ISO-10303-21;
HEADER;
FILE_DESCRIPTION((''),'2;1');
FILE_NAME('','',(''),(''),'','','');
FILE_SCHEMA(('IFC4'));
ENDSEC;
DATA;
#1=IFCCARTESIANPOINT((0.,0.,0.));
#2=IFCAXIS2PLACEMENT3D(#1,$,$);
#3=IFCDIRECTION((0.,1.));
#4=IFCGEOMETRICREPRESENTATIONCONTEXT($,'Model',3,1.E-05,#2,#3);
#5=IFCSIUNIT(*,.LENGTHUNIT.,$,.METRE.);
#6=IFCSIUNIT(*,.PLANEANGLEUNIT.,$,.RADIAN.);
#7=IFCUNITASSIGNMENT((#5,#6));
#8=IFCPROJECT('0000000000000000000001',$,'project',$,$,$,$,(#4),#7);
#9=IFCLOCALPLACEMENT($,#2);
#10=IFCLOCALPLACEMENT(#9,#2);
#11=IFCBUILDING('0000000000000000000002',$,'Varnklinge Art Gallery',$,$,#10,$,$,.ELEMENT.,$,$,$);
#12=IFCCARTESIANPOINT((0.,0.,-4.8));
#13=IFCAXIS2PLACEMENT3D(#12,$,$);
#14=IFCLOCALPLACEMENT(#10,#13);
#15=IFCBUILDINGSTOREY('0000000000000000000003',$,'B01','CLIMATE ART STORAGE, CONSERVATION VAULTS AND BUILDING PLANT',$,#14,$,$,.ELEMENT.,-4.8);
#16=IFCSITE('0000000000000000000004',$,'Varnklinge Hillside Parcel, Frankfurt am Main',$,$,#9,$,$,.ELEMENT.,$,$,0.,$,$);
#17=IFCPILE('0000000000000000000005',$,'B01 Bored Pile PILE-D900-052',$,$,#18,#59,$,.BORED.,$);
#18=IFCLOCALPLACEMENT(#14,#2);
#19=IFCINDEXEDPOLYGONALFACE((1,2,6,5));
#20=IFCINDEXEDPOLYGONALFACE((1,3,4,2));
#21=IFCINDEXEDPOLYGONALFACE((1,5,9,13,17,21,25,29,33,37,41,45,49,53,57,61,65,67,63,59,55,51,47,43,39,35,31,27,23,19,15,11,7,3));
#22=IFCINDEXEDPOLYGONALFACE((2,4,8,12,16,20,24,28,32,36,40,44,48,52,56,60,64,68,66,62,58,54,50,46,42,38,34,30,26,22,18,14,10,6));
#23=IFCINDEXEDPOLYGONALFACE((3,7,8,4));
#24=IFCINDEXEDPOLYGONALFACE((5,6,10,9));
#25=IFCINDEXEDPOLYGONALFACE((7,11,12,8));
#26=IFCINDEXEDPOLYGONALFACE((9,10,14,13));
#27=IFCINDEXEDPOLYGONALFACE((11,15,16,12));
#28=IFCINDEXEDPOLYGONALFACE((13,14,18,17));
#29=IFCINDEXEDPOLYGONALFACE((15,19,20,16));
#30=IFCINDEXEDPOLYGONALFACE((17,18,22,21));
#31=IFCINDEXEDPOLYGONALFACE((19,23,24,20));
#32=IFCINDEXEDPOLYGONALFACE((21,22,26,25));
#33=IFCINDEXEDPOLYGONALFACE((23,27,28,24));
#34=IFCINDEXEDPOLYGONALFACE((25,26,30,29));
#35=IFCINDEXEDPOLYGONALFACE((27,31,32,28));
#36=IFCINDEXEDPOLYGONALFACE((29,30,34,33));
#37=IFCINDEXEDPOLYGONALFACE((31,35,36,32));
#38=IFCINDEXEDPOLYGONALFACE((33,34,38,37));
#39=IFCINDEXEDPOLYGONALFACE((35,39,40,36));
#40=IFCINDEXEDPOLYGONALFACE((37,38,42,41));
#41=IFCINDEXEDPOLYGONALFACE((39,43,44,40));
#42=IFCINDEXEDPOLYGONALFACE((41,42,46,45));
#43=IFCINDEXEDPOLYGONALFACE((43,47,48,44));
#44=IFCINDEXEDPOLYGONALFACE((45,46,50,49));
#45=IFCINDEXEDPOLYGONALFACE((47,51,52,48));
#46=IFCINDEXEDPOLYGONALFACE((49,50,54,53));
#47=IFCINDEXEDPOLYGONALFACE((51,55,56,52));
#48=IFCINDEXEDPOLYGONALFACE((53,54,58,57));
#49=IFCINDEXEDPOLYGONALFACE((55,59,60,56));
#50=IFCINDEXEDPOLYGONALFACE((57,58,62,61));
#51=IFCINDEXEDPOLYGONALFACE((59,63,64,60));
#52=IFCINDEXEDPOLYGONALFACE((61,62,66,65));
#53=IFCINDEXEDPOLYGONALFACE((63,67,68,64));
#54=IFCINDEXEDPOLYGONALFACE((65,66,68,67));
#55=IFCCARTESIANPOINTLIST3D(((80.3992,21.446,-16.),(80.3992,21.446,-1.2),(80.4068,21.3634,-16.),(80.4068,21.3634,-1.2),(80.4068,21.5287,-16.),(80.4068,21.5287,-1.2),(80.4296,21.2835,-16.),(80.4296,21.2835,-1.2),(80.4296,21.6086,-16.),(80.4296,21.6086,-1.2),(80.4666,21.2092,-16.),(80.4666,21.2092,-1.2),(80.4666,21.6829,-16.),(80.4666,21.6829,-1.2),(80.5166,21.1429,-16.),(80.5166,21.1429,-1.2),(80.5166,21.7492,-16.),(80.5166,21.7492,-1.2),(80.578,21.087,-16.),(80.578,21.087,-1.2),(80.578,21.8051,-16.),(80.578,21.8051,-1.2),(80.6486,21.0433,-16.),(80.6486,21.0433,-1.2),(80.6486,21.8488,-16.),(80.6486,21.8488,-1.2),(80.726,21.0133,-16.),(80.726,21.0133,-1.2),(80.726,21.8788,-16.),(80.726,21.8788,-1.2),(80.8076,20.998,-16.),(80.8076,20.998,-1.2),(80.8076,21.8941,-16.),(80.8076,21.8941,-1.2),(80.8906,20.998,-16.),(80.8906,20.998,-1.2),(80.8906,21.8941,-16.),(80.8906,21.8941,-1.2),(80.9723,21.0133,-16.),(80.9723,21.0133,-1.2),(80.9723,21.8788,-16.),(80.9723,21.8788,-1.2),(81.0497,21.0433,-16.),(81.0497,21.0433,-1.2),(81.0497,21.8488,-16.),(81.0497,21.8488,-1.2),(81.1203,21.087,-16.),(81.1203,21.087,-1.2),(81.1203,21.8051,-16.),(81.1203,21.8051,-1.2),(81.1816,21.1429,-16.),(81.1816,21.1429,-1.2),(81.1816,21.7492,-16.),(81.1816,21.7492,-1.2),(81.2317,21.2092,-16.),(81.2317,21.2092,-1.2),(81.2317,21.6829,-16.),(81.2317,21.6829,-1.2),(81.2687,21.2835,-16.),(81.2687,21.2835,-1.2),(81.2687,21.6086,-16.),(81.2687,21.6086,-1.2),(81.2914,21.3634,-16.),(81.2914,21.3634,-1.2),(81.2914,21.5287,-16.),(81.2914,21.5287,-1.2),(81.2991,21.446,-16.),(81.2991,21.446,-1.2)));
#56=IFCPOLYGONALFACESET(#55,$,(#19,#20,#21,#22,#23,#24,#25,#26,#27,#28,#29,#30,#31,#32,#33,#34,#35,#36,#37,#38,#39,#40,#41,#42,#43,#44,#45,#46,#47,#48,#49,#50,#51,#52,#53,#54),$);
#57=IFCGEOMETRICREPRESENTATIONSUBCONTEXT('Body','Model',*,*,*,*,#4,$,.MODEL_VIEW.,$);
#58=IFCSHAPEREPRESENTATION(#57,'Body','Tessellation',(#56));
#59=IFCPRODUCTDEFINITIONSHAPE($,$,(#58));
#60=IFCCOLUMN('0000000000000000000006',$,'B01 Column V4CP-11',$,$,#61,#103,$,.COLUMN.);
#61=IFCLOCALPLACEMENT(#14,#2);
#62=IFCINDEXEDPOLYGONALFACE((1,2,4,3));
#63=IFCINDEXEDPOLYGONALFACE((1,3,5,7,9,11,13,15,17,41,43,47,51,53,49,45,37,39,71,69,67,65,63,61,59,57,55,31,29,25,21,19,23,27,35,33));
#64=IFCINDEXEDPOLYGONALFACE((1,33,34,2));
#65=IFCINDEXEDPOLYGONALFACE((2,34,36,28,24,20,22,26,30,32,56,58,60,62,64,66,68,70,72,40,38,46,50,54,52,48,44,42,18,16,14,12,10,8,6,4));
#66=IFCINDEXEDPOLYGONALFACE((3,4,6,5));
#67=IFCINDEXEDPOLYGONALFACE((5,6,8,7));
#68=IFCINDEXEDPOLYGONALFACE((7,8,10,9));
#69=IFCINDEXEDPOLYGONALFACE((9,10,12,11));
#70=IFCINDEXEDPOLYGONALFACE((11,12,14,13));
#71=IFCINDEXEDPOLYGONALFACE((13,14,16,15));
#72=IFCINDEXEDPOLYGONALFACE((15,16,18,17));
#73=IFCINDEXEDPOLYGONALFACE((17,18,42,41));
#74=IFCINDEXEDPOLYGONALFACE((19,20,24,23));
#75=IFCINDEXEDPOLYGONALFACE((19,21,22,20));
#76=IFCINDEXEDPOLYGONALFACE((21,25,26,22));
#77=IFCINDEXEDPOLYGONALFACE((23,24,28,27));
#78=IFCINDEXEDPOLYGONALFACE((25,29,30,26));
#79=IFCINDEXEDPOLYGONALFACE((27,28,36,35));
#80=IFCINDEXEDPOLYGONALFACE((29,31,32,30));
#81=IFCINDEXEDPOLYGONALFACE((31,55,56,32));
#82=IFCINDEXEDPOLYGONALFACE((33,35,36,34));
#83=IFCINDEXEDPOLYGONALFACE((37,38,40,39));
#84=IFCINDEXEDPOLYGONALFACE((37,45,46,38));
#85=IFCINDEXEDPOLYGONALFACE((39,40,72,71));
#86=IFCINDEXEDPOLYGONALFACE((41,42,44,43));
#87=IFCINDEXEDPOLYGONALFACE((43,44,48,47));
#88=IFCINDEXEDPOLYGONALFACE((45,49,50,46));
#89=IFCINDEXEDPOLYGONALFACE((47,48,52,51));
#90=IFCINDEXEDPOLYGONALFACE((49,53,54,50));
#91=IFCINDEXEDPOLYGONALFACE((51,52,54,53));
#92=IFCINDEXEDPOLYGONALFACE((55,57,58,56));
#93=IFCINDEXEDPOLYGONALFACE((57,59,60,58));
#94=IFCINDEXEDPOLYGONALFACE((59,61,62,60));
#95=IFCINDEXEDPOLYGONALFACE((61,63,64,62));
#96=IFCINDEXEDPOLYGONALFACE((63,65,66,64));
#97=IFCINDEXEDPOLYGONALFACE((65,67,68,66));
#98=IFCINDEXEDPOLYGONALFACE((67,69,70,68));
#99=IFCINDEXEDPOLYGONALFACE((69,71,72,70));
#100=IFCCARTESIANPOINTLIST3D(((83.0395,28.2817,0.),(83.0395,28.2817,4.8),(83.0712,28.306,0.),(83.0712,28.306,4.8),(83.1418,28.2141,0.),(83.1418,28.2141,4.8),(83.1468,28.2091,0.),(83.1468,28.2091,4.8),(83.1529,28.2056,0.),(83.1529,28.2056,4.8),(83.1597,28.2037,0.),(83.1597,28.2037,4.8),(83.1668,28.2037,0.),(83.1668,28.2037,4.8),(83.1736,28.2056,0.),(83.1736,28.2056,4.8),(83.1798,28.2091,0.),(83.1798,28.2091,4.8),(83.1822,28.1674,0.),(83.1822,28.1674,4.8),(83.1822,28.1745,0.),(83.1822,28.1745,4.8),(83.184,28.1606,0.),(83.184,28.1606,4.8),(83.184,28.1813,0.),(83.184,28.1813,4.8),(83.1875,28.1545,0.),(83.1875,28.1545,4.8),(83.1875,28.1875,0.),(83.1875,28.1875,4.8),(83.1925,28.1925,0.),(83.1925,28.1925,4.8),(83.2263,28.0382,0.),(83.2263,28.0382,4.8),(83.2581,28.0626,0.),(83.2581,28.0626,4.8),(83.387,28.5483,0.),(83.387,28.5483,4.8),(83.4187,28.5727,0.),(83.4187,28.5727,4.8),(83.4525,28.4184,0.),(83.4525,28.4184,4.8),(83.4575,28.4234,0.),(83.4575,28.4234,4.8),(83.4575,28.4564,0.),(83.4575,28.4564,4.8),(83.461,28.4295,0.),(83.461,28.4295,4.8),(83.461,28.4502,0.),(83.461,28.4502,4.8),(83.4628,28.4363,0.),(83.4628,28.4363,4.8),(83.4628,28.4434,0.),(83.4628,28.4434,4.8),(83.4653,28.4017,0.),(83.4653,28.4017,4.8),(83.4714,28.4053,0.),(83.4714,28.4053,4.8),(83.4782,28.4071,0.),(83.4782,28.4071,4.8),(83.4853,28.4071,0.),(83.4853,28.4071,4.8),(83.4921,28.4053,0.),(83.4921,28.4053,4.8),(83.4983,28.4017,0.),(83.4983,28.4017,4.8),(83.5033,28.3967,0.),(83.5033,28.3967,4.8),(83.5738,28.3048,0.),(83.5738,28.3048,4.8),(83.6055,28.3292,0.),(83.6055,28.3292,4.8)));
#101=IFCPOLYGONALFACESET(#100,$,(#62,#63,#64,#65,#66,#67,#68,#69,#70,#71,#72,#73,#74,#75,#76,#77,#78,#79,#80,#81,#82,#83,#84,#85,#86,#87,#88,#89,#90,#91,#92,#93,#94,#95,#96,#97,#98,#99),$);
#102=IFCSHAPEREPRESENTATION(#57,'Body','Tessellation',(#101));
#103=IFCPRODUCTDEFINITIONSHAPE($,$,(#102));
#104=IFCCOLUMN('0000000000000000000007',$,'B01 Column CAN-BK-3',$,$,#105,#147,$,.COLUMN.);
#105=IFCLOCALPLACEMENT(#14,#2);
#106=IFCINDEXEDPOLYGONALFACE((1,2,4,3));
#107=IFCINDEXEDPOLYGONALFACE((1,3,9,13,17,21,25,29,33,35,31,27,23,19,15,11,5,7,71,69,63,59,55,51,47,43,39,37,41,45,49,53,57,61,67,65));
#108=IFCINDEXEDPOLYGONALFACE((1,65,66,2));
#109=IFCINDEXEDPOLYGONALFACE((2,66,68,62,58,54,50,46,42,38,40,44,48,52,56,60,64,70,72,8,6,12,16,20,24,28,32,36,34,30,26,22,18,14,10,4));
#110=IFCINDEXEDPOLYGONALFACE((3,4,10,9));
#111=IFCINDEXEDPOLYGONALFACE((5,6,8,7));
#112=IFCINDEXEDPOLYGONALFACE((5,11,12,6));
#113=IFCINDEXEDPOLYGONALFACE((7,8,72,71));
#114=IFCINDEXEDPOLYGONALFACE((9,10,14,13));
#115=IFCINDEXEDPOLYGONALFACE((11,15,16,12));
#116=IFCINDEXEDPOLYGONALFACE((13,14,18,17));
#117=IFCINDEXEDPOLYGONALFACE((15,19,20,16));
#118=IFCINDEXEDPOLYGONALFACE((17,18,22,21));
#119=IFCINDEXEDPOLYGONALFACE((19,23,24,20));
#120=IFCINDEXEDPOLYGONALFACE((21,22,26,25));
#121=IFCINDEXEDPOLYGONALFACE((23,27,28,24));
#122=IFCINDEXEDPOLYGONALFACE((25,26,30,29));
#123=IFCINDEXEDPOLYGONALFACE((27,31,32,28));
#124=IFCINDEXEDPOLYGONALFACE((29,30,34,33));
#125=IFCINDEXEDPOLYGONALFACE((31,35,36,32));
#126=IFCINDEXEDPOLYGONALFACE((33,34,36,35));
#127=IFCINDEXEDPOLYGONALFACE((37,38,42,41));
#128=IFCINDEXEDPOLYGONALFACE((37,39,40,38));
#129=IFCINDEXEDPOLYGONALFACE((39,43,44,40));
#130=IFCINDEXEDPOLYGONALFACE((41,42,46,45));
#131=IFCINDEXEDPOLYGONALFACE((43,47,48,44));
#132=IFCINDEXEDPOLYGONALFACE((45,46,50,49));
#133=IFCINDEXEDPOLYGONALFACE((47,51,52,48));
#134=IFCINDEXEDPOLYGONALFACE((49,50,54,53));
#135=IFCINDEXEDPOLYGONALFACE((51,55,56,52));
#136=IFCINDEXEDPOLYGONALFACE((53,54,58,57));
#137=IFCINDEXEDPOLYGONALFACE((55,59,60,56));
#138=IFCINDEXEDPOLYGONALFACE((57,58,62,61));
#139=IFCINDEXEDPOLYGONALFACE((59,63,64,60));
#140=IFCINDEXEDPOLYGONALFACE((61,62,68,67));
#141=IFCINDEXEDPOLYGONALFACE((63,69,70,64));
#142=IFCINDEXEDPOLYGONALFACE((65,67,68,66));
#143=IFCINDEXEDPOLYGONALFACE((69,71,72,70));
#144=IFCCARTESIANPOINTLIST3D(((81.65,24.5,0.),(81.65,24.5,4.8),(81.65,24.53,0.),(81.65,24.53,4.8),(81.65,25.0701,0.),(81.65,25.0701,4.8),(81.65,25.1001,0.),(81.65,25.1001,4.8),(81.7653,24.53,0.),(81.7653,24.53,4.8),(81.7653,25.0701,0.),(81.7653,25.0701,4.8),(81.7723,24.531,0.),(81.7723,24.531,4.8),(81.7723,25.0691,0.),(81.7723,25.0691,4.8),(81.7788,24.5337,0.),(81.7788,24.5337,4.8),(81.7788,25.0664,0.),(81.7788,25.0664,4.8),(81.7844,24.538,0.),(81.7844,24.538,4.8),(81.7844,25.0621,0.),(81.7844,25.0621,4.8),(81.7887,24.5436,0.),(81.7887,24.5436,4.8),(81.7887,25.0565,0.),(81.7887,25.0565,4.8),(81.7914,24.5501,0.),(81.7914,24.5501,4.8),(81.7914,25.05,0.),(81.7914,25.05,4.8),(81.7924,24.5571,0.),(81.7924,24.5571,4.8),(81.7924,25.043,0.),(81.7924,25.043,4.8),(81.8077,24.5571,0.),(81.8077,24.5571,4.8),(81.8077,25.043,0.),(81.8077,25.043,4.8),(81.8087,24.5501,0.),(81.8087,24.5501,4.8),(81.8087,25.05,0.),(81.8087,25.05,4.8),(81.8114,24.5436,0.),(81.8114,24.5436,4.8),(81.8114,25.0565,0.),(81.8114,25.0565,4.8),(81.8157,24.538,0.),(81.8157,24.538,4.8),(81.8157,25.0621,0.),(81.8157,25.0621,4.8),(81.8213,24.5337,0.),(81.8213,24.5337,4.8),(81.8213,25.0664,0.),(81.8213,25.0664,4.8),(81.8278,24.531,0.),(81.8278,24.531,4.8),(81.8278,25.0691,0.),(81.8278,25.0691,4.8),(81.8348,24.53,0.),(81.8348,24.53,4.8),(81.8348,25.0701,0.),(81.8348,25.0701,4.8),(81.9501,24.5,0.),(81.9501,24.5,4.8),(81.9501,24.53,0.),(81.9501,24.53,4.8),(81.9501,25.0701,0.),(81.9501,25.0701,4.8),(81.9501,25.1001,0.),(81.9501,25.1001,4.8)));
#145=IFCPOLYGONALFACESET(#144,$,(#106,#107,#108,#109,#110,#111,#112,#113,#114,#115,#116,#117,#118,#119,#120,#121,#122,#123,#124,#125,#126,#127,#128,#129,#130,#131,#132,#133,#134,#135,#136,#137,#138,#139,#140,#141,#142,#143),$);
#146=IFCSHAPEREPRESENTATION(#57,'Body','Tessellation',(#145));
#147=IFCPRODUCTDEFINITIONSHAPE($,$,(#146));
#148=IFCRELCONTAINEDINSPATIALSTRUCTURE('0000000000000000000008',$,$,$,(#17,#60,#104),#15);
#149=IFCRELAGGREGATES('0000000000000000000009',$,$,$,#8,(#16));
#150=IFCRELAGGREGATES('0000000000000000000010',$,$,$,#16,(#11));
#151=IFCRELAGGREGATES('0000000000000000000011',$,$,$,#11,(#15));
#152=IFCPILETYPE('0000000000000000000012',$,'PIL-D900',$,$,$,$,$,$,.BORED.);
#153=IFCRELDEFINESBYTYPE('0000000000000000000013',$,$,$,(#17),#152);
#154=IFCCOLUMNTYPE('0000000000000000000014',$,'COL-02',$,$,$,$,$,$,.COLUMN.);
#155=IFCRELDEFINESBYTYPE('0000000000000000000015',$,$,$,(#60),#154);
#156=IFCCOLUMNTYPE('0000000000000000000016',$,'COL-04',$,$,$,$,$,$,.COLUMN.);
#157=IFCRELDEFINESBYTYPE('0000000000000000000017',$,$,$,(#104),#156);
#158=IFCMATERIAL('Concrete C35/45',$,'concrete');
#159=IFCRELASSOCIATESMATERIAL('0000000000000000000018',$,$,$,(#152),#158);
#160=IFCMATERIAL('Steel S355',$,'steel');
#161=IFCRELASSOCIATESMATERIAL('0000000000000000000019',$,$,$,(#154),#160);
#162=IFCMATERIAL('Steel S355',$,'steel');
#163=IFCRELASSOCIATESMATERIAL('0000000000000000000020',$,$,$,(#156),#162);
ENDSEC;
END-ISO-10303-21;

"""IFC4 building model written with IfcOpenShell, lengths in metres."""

from ifc_helpers import new_model, si_unit, direction, frame, origin, origin_2d, place, context, subcontext, project, spatial, circle, i_section, extrude, material, material_profile, profile_set, type_object, element, save


model = new_model("IFC4")

# Units and contexts
model_context = context("Model", 3, precision=1e-05, world=origin(), true_north=direction((0.0, 1.0)))
body_context = subcontext(model_context, "Body", "Model", "MODEL_VIEW")
ifc_project = project(units=[si_unit("LENGTHUNIT", "METRE"), si_unit("PLANEANGLEUNIT", "RADIAN")], contexts=[model_context])

# Site, building, storey
site_placement = place(None, origin())
site = spatial("IfcSite", under=ifc_project, at=site_placement, Name="Varnklinge Hillside Parcel, Frankfurt am Main", CompositionType="ELEMENT", RefElevation=0.0)
building_placement = place(site_placement, origin())
building = spatial("IfcBuilding", under=site, at=building_placement, Name="Varnklinge Art Gallery", CompositionType="ELEMENT")
storey_placement = place(building_placement, frame((0.0, 0.0, -4.8)))
storey = spatial("IfcBuildingStorey", under=building, at=storey_placement, Name="B01", Description="CLIMATE ART STORAGE, CONSERVATION VAULTS AND BUILDING PLANT", CompositionType="ELEMENT", Elevation=-4.8)

# Pile
ifc_material_1 = material(Name="Concrete C35/45", Category="concrete")
ifc_material_profile_1 = material_profile(ifc_material_1, circle(Radius=0.45, at=origin_2d()), Name="PILE D900")
ifc_profile_set_1 = profile_set([ifc_material_profile_1], Name="Concrete C35/45")
pile_type_1 = type_object("IfcPileType", Name="PIL-D900", PredefinedType="BORED", material=ifc_profile_set_1)
for number, where, z_axis, x_axis, name in (
    (1, (80.8491, 21.446, -1.2), (0.0, 0.0, -1.0), (1.0, 0.0, 0.0), "B01 Bored Pile PILE-D900-052"),
):
    element("IfcPile", number, at=place(storey_placement, frame(where, z_axis=z_axis, x_axis=x_axis)), inside=storey, type_object=pile_type_1, Name=name, PredefinedType="BORED", context=body_context, shape_type="SweptSolid", body=[
        extrude(circle(Radius=0.45, at=origin_2d()), origin(), (0.0, 0.0, 1.0), 14.8),
    ])

# Columns
ifc_material_2 = material(Name="Steel S355", Category="steel")
ifc_material_profile_2 = material_profile(ifc_material_2, i_section(OverallWidth=0.3069, OverallDepth=0.478, WebThickness=0.021, FlangeThickness=0.04, FilletRadius=0.0271, at=origin_2d()), Name="HEM 450")
ifc_profile_set_2 = profile_set([ifc_material_profile_2], Name="Steel S355")
column_type_1 = type_object("IfcColumnType", Name="COL-02", PredefinedType="COLUMN", material=ifc_profile_set_2)
column_1_placement = place(storey_placement, frame((83.3225, 28.3054, 0.0), z_axis=(0.0, 0.0, 1.0), x_axis=(0.608761, -0.793353, 0.0)))
element("IfcColumn", 2, at=column_1_placement, inside=storey, type_object=column_type_1, Name="B01 Column V4CP-11", PredefinedType="COLUMN", context=body_context, shape_type="SweptSolid", body=[
    extrude(i_section(OverallWidth=0.3069, OverallDepth=0.478, WebThickness=0.021, FlangeThickness=0.04, FilletRadius=0.0271, at=origin_2d()), origin(), (0.0, 0.0, 1.0), 4.8),
])
ifc_material_3 = material(Name="Steel S355", Category="steel")
ifc_material_profile_3 = material_profile(ifc_material_3, i_section(OverallWidth=0.3, OverallDepth=0.6001, WebThickness=0.0154, FlangeThickness=0.03, FilletRadius=0.0271, at=origin_2d()), Name="HEB 600")
ifc_profile_set_3 = profile_set([ifc_material_profile_3], Name="Steel S355")
column_type_2 = type_object("IfcColumnType", Name="COL-04", PredefinedType="COLUMN", material=ifc_profile_set_3)
column_2_placement = place(storey_placement, frame((81.8, 24.8, 0.0), z_axis=(0.0, 0.0, 1.0), x_axis=(1.0, 0.0, 0.0)))
element("IfcColumn", 3, at=column_2_placement, inside=storey, type_object=column_type_2, Name="B01 Column CAN-BK-3", PredefinedType="COLUMN", context=body_context, shape_type="SweptSolid", body=[
    extrude(i_section(OverallWidth=0.3, OverallDepth=0.6001, WebThickness=0.0154, FlangeThickness=0.03, FilletRadius=0.0271, at=origin_2d()), origin(), (0.0, 0.0, 1.0), 4.8),
])

save(model, "model.ifc")
